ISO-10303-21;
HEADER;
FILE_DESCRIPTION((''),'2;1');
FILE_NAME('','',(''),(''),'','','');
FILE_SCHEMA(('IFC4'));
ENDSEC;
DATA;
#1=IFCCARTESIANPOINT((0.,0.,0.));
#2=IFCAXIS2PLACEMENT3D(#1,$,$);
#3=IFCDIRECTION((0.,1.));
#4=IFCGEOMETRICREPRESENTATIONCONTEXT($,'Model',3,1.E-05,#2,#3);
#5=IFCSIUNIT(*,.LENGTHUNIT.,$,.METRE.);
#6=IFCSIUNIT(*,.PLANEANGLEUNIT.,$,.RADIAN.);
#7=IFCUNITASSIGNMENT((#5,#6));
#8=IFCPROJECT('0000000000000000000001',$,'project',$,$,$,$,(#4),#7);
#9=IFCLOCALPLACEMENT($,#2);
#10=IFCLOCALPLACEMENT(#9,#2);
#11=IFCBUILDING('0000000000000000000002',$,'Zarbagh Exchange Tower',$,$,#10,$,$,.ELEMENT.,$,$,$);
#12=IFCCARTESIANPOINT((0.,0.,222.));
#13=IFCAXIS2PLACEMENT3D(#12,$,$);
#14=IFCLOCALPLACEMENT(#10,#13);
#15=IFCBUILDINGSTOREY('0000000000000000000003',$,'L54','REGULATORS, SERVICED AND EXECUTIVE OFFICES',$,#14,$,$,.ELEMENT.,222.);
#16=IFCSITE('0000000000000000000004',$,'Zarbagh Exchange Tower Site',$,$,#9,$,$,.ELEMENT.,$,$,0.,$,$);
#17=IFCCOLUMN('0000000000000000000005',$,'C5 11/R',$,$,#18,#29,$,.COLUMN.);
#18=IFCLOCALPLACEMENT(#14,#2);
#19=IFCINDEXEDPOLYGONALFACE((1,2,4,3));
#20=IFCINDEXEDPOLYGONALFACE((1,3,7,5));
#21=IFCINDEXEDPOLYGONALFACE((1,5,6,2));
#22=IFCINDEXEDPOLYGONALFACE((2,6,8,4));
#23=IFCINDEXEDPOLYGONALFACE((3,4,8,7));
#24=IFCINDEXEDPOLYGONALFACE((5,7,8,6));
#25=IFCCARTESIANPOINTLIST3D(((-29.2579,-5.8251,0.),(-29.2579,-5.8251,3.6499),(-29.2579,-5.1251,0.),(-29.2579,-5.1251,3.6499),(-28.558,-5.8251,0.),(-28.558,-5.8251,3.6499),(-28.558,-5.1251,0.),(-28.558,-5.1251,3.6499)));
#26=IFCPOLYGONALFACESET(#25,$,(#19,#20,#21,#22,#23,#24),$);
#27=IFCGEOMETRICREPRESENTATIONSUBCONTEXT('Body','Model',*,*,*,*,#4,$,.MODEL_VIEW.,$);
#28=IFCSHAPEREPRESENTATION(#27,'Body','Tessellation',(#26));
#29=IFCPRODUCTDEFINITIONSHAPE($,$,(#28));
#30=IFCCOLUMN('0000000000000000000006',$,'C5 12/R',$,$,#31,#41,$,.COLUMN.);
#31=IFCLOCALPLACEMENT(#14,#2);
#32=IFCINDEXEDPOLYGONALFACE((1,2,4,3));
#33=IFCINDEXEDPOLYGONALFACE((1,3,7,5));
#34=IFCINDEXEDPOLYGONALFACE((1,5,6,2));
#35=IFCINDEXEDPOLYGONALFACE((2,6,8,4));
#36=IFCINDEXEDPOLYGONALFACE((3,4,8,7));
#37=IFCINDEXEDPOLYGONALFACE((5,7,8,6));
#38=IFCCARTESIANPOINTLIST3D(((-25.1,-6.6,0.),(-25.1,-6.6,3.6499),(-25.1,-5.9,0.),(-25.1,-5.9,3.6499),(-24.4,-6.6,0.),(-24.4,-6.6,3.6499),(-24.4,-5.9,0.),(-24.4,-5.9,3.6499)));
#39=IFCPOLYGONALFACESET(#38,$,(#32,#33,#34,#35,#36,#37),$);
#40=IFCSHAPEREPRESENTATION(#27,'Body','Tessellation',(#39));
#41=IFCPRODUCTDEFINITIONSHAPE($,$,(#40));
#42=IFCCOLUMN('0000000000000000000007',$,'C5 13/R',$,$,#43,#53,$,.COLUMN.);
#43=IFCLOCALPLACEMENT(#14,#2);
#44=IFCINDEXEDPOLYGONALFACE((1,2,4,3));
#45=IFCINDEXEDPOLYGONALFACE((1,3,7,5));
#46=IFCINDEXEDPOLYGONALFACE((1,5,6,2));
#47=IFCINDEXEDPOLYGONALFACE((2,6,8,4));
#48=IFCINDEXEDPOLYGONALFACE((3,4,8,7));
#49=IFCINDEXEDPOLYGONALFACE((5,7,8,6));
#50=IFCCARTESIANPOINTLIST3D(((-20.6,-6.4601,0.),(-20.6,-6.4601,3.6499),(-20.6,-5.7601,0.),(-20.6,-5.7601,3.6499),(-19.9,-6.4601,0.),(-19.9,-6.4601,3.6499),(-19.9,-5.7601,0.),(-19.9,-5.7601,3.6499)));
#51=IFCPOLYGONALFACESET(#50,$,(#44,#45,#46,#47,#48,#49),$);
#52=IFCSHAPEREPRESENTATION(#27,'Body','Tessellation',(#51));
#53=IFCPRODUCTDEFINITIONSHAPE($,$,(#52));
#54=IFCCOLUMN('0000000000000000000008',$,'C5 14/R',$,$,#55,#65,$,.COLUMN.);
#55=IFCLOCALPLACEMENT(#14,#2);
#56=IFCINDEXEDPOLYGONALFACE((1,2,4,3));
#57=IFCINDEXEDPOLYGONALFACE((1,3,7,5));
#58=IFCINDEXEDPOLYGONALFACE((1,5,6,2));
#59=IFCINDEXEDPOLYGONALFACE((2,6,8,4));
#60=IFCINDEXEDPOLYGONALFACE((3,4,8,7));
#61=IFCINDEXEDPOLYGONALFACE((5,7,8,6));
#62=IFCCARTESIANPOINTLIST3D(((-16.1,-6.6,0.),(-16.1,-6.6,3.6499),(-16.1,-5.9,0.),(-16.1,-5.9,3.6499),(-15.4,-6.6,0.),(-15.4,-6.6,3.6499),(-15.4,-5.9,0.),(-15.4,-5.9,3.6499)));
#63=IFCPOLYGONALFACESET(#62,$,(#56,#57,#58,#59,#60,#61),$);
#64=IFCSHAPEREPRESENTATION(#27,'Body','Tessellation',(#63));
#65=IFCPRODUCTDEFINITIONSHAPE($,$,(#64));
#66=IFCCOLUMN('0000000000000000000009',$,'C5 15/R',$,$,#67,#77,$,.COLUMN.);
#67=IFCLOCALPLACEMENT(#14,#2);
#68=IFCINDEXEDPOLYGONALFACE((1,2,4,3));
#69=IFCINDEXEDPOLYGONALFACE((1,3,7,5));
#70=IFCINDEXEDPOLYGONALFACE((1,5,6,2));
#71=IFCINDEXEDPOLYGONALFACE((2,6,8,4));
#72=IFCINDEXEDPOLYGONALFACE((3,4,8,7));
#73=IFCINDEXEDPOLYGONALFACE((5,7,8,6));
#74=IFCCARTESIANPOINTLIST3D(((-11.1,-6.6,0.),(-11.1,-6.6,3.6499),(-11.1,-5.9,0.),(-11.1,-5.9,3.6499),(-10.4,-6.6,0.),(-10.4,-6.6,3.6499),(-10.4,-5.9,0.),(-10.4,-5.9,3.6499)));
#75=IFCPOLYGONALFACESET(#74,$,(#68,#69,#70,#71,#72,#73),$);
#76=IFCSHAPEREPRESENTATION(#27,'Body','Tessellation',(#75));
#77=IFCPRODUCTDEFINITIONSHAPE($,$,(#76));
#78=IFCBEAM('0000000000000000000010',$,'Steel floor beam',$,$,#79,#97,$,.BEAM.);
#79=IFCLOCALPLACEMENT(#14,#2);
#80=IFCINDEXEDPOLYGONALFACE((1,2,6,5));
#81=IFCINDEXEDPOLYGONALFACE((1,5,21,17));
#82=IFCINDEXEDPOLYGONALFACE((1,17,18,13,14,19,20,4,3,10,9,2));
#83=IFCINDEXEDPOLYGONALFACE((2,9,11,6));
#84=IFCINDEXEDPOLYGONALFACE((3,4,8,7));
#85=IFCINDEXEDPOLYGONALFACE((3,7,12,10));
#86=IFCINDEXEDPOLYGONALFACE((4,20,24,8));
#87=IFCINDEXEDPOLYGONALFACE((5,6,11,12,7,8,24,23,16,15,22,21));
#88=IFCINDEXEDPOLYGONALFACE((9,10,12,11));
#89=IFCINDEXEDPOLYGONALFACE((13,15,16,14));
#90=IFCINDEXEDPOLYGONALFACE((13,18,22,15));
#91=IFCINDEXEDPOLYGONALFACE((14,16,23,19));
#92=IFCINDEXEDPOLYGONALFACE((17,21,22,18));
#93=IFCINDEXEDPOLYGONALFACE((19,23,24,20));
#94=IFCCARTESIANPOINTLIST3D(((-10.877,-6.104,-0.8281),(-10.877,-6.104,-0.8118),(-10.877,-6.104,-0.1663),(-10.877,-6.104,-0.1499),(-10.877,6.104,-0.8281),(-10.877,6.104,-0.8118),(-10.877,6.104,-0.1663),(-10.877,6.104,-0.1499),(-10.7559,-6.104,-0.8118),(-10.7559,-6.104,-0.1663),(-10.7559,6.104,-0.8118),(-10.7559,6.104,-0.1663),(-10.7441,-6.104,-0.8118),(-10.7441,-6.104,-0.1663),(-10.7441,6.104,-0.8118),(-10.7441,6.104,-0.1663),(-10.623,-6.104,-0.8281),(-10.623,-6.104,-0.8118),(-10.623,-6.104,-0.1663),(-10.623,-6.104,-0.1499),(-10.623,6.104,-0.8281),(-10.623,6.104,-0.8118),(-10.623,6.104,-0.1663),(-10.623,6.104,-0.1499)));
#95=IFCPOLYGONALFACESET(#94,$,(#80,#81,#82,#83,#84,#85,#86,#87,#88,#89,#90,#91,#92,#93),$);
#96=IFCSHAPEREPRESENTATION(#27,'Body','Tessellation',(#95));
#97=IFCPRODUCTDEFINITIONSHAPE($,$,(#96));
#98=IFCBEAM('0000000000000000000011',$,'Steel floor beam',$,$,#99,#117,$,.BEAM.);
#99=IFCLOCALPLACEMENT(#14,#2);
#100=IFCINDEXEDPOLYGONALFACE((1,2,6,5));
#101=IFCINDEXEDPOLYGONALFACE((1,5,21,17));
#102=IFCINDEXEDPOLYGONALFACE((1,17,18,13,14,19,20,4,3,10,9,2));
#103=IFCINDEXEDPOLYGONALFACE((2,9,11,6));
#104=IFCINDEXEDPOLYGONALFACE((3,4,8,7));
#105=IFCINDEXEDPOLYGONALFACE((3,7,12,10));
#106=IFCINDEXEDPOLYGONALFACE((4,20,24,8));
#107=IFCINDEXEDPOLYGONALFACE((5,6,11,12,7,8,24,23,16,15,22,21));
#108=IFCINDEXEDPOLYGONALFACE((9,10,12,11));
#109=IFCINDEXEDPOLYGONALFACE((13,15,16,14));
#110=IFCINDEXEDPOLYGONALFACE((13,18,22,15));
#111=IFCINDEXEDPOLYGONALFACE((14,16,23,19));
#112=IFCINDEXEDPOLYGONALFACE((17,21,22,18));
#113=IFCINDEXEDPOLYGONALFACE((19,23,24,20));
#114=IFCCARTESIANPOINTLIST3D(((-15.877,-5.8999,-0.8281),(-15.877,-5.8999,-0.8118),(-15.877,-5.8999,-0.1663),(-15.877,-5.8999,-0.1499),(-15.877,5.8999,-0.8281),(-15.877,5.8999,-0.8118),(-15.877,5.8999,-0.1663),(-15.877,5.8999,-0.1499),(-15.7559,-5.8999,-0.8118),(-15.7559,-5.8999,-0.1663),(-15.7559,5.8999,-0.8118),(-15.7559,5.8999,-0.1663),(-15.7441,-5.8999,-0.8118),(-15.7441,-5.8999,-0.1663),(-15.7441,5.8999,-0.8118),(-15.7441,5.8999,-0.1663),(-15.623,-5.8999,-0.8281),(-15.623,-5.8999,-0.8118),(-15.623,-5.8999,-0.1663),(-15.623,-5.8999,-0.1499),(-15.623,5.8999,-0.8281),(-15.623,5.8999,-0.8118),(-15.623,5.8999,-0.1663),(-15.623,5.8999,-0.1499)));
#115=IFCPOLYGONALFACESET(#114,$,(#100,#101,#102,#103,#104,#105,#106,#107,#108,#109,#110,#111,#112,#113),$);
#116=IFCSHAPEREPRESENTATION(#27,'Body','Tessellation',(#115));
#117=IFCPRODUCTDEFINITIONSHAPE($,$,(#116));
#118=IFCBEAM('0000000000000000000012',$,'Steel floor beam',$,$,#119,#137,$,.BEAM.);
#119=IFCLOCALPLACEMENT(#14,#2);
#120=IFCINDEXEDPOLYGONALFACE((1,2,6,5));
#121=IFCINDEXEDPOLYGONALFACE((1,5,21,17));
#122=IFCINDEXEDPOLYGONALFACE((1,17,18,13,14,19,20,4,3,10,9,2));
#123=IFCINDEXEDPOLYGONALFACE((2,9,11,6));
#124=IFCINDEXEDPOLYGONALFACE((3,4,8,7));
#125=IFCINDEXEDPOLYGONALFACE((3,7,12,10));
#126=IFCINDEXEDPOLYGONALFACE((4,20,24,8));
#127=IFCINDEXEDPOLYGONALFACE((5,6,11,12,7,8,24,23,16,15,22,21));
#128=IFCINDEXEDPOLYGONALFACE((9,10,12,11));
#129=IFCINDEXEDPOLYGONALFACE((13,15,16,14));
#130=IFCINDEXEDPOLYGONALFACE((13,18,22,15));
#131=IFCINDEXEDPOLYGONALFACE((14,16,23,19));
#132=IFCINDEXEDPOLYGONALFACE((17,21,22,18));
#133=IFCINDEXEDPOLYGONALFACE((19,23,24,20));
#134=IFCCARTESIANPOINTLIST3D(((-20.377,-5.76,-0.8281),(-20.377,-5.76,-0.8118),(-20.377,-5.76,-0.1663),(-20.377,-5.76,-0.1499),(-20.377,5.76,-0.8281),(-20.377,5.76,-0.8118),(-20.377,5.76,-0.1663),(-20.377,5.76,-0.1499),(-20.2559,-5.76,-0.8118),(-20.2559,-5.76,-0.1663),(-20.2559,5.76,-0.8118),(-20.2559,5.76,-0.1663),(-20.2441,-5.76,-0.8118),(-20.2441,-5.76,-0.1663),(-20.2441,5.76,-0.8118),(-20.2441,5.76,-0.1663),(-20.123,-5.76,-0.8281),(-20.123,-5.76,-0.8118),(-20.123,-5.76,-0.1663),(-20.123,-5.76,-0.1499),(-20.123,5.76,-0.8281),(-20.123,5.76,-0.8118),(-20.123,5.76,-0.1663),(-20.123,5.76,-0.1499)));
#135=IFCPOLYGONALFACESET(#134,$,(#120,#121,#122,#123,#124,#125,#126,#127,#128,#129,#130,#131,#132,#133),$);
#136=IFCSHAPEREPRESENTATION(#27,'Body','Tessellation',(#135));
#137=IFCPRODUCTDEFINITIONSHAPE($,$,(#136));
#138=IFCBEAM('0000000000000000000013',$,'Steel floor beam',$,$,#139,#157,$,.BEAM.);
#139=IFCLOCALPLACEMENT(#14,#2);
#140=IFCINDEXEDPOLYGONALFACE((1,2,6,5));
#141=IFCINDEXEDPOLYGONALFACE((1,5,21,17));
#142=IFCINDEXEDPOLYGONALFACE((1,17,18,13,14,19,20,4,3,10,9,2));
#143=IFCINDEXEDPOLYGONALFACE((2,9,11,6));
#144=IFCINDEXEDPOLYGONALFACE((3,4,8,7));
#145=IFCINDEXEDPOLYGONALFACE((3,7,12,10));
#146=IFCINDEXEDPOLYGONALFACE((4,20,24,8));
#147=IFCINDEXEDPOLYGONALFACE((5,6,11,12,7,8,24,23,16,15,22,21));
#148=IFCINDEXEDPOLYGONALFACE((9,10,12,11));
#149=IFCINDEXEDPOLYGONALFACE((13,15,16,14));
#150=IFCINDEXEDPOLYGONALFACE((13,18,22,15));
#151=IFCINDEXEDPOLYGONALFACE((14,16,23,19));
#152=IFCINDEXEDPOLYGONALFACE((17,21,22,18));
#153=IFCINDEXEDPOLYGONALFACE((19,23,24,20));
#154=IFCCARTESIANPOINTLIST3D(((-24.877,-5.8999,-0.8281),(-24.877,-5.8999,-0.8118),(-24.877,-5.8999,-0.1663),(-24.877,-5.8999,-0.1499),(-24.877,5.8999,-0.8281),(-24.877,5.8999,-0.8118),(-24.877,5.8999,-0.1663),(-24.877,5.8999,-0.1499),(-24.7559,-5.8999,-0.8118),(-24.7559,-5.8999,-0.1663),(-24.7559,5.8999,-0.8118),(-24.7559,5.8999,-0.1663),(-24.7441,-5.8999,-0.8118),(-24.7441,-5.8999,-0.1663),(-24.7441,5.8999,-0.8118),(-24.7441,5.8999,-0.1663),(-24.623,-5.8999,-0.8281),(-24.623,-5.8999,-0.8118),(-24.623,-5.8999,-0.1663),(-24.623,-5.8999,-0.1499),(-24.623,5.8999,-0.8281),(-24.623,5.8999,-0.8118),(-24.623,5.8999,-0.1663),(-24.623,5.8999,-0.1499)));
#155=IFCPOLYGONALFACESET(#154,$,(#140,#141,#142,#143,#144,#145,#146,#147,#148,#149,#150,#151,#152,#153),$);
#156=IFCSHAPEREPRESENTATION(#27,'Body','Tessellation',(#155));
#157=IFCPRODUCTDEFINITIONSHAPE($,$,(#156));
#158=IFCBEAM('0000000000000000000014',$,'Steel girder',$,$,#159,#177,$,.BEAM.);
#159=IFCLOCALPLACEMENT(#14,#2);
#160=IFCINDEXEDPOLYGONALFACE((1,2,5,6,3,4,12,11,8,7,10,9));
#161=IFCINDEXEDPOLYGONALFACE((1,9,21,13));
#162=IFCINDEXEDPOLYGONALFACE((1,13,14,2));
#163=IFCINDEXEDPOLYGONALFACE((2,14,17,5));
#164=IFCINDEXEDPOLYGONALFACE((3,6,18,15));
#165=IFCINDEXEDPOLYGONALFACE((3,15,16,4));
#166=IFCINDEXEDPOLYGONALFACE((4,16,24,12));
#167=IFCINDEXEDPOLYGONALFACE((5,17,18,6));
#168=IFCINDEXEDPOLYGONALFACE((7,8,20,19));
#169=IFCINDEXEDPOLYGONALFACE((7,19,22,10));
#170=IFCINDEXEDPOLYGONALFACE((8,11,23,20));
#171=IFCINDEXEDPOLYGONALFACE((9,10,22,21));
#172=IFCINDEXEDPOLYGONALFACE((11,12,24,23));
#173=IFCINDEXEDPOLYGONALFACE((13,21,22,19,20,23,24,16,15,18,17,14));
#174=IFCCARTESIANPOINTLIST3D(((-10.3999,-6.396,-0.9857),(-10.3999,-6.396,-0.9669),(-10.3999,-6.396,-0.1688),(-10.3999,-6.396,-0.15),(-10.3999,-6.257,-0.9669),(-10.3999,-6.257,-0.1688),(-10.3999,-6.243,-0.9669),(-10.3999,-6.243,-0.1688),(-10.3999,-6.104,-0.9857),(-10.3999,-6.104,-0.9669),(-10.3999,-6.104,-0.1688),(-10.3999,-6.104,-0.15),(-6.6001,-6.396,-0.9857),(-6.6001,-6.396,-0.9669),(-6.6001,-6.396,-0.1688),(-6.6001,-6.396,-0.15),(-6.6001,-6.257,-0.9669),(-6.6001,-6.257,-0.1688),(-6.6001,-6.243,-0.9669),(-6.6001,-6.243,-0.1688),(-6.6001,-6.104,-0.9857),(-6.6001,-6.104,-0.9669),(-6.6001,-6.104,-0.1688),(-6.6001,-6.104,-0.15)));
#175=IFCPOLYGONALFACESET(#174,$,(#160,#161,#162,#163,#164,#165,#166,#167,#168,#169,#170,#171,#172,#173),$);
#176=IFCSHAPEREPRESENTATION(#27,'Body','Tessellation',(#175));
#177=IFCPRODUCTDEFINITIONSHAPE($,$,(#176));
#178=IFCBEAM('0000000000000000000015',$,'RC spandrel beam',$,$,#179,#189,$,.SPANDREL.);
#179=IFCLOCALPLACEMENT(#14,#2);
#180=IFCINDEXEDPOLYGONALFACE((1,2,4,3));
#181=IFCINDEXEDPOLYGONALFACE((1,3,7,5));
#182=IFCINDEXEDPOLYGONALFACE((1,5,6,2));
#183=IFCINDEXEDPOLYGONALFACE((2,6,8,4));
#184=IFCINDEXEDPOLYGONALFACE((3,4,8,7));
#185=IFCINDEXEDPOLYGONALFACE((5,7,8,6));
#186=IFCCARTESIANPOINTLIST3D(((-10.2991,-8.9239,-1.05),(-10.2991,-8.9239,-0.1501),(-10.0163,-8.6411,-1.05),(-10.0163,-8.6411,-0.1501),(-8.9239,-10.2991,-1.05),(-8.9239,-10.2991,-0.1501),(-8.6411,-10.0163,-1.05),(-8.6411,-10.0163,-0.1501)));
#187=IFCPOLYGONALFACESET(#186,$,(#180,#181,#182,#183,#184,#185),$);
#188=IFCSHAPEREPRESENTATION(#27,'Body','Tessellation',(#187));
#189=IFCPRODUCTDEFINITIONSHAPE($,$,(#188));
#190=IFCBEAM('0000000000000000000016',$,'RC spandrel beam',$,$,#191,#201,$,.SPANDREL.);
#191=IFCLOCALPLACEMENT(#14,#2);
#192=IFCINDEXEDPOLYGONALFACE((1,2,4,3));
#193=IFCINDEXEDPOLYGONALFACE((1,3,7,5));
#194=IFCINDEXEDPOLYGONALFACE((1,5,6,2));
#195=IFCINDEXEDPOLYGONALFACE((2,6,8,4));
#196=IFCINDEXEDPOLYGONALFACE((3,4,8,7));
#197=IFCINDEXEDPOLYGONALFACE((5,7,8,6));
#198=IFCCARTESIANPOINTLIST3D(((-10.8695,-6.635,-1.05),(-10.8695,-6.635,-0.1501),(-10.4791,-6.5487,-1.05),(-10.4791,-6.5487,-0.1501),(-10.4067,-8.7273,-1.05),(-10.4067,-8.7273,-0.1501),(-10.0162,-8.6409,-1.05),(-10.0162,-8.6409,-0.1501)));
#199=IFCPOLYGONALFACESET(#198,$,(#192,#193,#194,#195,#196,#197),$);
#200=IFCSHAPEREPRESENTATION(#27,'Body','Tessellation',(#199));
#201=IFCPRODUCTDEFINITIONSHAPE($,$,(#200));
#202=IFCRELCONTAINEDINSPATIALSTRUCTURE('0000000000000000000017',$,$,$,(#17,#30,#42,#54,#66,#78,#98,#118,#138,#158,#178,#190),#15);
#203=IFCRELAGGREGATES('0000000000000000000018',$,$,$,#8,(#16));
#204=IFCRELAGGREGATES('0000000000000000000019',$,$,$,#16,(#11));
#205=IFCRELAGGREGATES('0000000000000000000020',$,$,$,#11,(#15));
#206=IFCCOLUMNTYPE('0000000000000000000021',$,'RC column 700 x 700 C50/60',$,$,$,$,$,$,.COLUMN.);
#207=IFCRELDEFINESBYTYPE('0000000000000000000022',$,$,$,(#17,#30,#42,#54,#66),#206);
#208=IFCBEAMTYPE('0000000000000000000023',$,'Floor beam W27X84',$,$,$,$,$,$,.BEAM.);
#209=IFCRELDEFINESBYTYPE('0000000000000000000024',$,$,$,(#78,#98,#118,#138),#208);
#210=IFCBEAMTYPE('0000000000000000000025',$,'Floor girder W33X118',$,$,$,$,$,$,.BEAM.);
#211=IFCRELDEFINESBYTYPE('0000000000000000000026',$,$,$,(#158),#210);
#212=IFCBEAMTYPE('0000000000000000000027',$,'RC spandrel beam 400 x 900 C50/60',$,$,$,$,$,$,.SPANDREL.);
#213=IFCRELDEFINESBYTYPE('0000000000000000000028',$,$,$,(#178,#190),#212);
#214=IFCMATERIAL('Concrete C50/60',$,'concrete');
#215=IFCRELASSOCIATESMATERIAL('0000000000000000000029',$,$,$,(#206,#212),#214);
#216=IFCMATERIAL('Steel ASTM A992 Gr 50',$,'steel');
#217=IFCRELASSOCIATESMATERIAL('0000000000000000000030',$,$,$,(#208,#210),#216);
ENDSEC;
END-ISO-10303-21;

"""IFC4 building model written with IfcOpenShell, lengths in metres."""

from ifc_helpers import new_model, si_unit, direction, frame, origin, origin_2d, place, context, subcontext, project, spatial, rectangle, i_section, extrude, material, material_profile, profile_set, type_object, element, save


model = new_model("IFC4")

# Units and contexts
model_context = context("Model", 3, precision=1e-05, world=origin(), true_north=direction((0.0, 1.0)))
body_context = subcontext(model_context, "Body", "Model", "MODEL_VIEW")
ifc_project = project(units=[si_unit("LENGTHUNIT", "METRE"), si_unit("PLANEANGLEUNIT", "RADIAN")], contexts=[model_context])

# Site, building, storey
site_placement = place(None, origin())
site = spatial("IfcSite", under=ifc_project, at=site_placement, Name="Zarbagh Exchange Tower Site", CompositionType="ELEMENT", RefElevation=0.0)
building_placement = place(site_placement, origin())
building = spatial("IfcBuilding", under=site, at=building_placement, Name="Zarbagh Exchange Tower", CompositionType="ELEMENT")
storey_placement = place(building_placement, frame((0.0, 0.0, 222.0)))
storey = spatial("IfcBuildingStorey", under=building, at=storey_placement, Name="L54", Description="REGULATORS, SERVICED AND EXECUTIVE OFFICES", CompositionType="ELEMENT", Elevation=222.0)

# Columns
ifc_material_1 = material(Name="Concrete C50/60", Category="concrete")
ifc_material_profile_1 = material_profile(ifc_material_1, rectangle(XDim=0.7, YDim=0.7, at=origin_2d()), Name="RC column 700 x 700 C50/60")
ifc_profile_set_1 = profile_set([ifc_material_profile_1], Name="Concrete C50/60")
column_type = type_object("IfcColumnType", Name="RC column 700 x 700 C50/60", PredefinedType="COLUMN", material=ifc_profile_set_1)
for number, where, z_axis, x_axis, name in (
    (1, (-28.908, -5.4751, 0.0), (0.0, 0.0, 1.0), (1.0, 0.0, 0.0), "C5 11/R"),
    (2, (-24.75, -6.25, 0.0), (0.0, 0.0, 1.0), (1.0, 0.0, 0.0), "C5 12/R"),
    (3, (-20.25, -6.1101, 0.0), (0.0, 0.0, 1.0), (1.0, 0.0, 0.0), "C5 13/R"),
    (4, (-15.75, -6.25, 0.0), (0.0, 0.0, 1.0), (1.0, 0.0, 0.0), "C5 14/R"),
    (5, (-10.75, -6.25, 0.0), (0.0, 0.0, 1.0), (1.0, 0.0, 0.0), "C5 15/R"),
):
    element("IfcColumn", number, at=place(storey_placement, frame(where, z_axis=z_axis, x_axis=x_axis)), inside=storey, type_object=column_type, Name=name, PredefinedType="COLUMN", context=body_context, shape_type="SweptSolid", body=[
        extrude(rectangle(XDim=0.7, YDim=0.7, at=origin_2d()), origin(), (0.0, 0.0, 1.0), 3.6499),
    ])

# Beams
ifc_material_2 = material(Name="Steel ASTM A992 Gr 50", Category="steel")
ifc_material_profile_2 = material_profile(ifc_material_2, i_section(OverallWidth=0.2539, OverallDepth=0.6782, WebThickness=0.0117, FlangeThickness=0.0164, at=origin_2d()), Name="W27X84")
ifc_profile_set_2 = profile_set([ifc_material_profile_2], Name="Steel ASTM A992 Gr 50")
beam_type_1 = type_object("IfcBeamType", Name="Floor beam W27X84", PredefinedType="BEAM", material=ifc_profile_set_2)
beam_1_placement = place(storey_placement, frame((-10.75, -6.104, -0.489), z_axis=(0.0, 1.0, 0.0), x_axis=(-1.0, 0.0, 0.0)))
element("IfcBeam", 6, at=beam_1_placement, inside=storey, type_object=beam_type_1, Name="Steel floor beam", PredefinedType="BEAM", context=body_context, shape_type="SweptSolid", body=[
    extrude(i_section(OverallWidth=0.2539, OverallDepth=0.6782, WebThickness=0.0117, FlangeThickness=0.0164, at=origin_2d()), origin(), (0.0, 0.0, 1.0), 12.208),
])
beam_2_placement = place(storey_placement, frame((-15.75, -5.8999, -0.489), z_axis=(0.0, 1.0, 0.0), x_axis=(-1.0, 0.0, 0.0)))
element("IfcBeam", 7, at=beam_2_placement, inside=storey, type_object=beam_type_1, Name="Steel floor beam", PredefinedType="BEAM", context=body_context, shape_type="SweptSolid", body=[
    extrude(i_section(OverallWidth=0.2539, OverallDepth=0.6782, WebThickness=0.0117, FlangeThickness=0.0164, at=origin_2d()), origin(), (0.0, 0.0, 1.0), 11.7998),
])
beam_3_placement = place(storey_placement, frame((-20.25, -5.76, -0.489), z_axis=(0.0, 1.0, 0.0), x_axis=(-1.0, 0.0, 0.0)))
element("IfcBeam", 8, at=beam_3_placement, inside=storey, type_object=beam_type_1, Name="Steel floor beam", PredefinedType="BEAM", context=body_context, shape_type="SweptSolid", body=[
    extrude(i_section(OverallWidth=0.2539, OverallDepth=0.6782, WebThickness=0.0117, FlangeThickness=0.0164, at=origin_2d()), origin(), (0.0, 0.0, 1.0), 11.52),
])
beam_4_placement = place(storey_placement, frame((-24.75, -5.8999, -0.489), z_axis=(0.0, 1.0, 0.0), x_axis=(-1.0, 0.0, 0.0)))
element("IfcBeam", 9, at=beam_4_placement, inside=storey, type_object=beam_type_1, Name="Steel floor beam", PredefinedType="BEAM", context=body_context, shape_type="SweptSolid", body=[
    extrude(i_section(OverallWidth=0.2539, OverallDepth=0.6782, WebThickness=0.0117, FlangeThickness=0.0164, at=origin_2d()), origin(), (0.0, 0.0, 1.0), 11.7998),
])
ifc_material_profile_3 = material_profile(ifc_material_2, i_section(OverallWidth=0.292, OverallDepth=0.8357, WebThickness=0.0139, FlangeThickness=0.0188, at=origin_2d()), Name="W33X118")
ifc_profile_set_3 = profile_set([ifc_material_profile_3], Name="Steel ASTM A992 Gr 50")
beam_type_2 = type_object("IfcBeamType", Name="Floor girder W33X118", PredefinedType="BEAM", material=ifc_profile_set_3)
beam_5_placement = place(storey_placement, frame((-10.3999, -6.25, -0.5679), z_axis=(1.0, 0.0, 0.0), x_axis=(0.0, 1.0, 0.0)))
element("IfcBeam", 10, at=beam_5_placement, inside=storey, type_object=beam_type_2, Name="Steel girder", PredefinedType="BEAM", context=body_context, shape_type="SweptSolid", body=[
    extrude(i_section(OverallWidth=0.292, OverallDepth=0.8357, WebThickness=0.0139, FlangeThickness=0.0188, at=origin_2d()), origin(), (0.0, 0.0, 1.0), 3.7998),
])
ifc_material_profile_4 = material_profile(ifc_material_1, rectangle(XDim=0.3999, YDim=0.8999, at=origin_2d()), Name="RC spandrel beam 400 x 900 C50/60")
ifc_profile_set_4 = profile_set([ifc_material_profile_4], Name="Concrete C50/60")
beam_type_3 = type_object("IfcBeamType", Name="RC spandrel beam 400 x 900 C50/60", PredefinedType="SPANDREL", material=ifc_profile_set_4)
beam_6_placement = place(storey_placement, frame((-8.7825, -10.1577, -0.6001), z_axis=(-0.707107, 0.707107, 0.0), x_axis=(-0.707107, -0.707107, 0.0)))
element("IfcBeam", 11, at=beam_6_placement, inside=storey, type_object=beam_type_3, Name="RC spandrel beam", PredefinedType="SPANDREL", context=body_context, shape_type="SweptSolid", body=[
    extrude(rectangle(XDim=0.3999, YDim=0.8999, at=origin_2d()), origin(), (0.0, 0.0, 1.0), 1.9448),
])
beam_7_placement = place(storey_placement, frame((-10.2114, -8.6841, -0.6001), z_axis=(-0.216014, 0.97639, 0.0), x_axis=(-0.97639, -0.216014, 0.0)))
element("IfcBeam", 12, at=beam_7_placement, inside=storey, type_object=beam_type_3, Name="RC spandrel beam", PredefinedType="SPANDREL", context=body_context, shape_type="SweptSolid", body=[
    extrude(rectangle(XDim=0.3999, YDim=0.8999, at=origin_2d()), origin(), (0.0, 0.0, 1.0), 2.1428),
])

save(model, "model.ifc")
